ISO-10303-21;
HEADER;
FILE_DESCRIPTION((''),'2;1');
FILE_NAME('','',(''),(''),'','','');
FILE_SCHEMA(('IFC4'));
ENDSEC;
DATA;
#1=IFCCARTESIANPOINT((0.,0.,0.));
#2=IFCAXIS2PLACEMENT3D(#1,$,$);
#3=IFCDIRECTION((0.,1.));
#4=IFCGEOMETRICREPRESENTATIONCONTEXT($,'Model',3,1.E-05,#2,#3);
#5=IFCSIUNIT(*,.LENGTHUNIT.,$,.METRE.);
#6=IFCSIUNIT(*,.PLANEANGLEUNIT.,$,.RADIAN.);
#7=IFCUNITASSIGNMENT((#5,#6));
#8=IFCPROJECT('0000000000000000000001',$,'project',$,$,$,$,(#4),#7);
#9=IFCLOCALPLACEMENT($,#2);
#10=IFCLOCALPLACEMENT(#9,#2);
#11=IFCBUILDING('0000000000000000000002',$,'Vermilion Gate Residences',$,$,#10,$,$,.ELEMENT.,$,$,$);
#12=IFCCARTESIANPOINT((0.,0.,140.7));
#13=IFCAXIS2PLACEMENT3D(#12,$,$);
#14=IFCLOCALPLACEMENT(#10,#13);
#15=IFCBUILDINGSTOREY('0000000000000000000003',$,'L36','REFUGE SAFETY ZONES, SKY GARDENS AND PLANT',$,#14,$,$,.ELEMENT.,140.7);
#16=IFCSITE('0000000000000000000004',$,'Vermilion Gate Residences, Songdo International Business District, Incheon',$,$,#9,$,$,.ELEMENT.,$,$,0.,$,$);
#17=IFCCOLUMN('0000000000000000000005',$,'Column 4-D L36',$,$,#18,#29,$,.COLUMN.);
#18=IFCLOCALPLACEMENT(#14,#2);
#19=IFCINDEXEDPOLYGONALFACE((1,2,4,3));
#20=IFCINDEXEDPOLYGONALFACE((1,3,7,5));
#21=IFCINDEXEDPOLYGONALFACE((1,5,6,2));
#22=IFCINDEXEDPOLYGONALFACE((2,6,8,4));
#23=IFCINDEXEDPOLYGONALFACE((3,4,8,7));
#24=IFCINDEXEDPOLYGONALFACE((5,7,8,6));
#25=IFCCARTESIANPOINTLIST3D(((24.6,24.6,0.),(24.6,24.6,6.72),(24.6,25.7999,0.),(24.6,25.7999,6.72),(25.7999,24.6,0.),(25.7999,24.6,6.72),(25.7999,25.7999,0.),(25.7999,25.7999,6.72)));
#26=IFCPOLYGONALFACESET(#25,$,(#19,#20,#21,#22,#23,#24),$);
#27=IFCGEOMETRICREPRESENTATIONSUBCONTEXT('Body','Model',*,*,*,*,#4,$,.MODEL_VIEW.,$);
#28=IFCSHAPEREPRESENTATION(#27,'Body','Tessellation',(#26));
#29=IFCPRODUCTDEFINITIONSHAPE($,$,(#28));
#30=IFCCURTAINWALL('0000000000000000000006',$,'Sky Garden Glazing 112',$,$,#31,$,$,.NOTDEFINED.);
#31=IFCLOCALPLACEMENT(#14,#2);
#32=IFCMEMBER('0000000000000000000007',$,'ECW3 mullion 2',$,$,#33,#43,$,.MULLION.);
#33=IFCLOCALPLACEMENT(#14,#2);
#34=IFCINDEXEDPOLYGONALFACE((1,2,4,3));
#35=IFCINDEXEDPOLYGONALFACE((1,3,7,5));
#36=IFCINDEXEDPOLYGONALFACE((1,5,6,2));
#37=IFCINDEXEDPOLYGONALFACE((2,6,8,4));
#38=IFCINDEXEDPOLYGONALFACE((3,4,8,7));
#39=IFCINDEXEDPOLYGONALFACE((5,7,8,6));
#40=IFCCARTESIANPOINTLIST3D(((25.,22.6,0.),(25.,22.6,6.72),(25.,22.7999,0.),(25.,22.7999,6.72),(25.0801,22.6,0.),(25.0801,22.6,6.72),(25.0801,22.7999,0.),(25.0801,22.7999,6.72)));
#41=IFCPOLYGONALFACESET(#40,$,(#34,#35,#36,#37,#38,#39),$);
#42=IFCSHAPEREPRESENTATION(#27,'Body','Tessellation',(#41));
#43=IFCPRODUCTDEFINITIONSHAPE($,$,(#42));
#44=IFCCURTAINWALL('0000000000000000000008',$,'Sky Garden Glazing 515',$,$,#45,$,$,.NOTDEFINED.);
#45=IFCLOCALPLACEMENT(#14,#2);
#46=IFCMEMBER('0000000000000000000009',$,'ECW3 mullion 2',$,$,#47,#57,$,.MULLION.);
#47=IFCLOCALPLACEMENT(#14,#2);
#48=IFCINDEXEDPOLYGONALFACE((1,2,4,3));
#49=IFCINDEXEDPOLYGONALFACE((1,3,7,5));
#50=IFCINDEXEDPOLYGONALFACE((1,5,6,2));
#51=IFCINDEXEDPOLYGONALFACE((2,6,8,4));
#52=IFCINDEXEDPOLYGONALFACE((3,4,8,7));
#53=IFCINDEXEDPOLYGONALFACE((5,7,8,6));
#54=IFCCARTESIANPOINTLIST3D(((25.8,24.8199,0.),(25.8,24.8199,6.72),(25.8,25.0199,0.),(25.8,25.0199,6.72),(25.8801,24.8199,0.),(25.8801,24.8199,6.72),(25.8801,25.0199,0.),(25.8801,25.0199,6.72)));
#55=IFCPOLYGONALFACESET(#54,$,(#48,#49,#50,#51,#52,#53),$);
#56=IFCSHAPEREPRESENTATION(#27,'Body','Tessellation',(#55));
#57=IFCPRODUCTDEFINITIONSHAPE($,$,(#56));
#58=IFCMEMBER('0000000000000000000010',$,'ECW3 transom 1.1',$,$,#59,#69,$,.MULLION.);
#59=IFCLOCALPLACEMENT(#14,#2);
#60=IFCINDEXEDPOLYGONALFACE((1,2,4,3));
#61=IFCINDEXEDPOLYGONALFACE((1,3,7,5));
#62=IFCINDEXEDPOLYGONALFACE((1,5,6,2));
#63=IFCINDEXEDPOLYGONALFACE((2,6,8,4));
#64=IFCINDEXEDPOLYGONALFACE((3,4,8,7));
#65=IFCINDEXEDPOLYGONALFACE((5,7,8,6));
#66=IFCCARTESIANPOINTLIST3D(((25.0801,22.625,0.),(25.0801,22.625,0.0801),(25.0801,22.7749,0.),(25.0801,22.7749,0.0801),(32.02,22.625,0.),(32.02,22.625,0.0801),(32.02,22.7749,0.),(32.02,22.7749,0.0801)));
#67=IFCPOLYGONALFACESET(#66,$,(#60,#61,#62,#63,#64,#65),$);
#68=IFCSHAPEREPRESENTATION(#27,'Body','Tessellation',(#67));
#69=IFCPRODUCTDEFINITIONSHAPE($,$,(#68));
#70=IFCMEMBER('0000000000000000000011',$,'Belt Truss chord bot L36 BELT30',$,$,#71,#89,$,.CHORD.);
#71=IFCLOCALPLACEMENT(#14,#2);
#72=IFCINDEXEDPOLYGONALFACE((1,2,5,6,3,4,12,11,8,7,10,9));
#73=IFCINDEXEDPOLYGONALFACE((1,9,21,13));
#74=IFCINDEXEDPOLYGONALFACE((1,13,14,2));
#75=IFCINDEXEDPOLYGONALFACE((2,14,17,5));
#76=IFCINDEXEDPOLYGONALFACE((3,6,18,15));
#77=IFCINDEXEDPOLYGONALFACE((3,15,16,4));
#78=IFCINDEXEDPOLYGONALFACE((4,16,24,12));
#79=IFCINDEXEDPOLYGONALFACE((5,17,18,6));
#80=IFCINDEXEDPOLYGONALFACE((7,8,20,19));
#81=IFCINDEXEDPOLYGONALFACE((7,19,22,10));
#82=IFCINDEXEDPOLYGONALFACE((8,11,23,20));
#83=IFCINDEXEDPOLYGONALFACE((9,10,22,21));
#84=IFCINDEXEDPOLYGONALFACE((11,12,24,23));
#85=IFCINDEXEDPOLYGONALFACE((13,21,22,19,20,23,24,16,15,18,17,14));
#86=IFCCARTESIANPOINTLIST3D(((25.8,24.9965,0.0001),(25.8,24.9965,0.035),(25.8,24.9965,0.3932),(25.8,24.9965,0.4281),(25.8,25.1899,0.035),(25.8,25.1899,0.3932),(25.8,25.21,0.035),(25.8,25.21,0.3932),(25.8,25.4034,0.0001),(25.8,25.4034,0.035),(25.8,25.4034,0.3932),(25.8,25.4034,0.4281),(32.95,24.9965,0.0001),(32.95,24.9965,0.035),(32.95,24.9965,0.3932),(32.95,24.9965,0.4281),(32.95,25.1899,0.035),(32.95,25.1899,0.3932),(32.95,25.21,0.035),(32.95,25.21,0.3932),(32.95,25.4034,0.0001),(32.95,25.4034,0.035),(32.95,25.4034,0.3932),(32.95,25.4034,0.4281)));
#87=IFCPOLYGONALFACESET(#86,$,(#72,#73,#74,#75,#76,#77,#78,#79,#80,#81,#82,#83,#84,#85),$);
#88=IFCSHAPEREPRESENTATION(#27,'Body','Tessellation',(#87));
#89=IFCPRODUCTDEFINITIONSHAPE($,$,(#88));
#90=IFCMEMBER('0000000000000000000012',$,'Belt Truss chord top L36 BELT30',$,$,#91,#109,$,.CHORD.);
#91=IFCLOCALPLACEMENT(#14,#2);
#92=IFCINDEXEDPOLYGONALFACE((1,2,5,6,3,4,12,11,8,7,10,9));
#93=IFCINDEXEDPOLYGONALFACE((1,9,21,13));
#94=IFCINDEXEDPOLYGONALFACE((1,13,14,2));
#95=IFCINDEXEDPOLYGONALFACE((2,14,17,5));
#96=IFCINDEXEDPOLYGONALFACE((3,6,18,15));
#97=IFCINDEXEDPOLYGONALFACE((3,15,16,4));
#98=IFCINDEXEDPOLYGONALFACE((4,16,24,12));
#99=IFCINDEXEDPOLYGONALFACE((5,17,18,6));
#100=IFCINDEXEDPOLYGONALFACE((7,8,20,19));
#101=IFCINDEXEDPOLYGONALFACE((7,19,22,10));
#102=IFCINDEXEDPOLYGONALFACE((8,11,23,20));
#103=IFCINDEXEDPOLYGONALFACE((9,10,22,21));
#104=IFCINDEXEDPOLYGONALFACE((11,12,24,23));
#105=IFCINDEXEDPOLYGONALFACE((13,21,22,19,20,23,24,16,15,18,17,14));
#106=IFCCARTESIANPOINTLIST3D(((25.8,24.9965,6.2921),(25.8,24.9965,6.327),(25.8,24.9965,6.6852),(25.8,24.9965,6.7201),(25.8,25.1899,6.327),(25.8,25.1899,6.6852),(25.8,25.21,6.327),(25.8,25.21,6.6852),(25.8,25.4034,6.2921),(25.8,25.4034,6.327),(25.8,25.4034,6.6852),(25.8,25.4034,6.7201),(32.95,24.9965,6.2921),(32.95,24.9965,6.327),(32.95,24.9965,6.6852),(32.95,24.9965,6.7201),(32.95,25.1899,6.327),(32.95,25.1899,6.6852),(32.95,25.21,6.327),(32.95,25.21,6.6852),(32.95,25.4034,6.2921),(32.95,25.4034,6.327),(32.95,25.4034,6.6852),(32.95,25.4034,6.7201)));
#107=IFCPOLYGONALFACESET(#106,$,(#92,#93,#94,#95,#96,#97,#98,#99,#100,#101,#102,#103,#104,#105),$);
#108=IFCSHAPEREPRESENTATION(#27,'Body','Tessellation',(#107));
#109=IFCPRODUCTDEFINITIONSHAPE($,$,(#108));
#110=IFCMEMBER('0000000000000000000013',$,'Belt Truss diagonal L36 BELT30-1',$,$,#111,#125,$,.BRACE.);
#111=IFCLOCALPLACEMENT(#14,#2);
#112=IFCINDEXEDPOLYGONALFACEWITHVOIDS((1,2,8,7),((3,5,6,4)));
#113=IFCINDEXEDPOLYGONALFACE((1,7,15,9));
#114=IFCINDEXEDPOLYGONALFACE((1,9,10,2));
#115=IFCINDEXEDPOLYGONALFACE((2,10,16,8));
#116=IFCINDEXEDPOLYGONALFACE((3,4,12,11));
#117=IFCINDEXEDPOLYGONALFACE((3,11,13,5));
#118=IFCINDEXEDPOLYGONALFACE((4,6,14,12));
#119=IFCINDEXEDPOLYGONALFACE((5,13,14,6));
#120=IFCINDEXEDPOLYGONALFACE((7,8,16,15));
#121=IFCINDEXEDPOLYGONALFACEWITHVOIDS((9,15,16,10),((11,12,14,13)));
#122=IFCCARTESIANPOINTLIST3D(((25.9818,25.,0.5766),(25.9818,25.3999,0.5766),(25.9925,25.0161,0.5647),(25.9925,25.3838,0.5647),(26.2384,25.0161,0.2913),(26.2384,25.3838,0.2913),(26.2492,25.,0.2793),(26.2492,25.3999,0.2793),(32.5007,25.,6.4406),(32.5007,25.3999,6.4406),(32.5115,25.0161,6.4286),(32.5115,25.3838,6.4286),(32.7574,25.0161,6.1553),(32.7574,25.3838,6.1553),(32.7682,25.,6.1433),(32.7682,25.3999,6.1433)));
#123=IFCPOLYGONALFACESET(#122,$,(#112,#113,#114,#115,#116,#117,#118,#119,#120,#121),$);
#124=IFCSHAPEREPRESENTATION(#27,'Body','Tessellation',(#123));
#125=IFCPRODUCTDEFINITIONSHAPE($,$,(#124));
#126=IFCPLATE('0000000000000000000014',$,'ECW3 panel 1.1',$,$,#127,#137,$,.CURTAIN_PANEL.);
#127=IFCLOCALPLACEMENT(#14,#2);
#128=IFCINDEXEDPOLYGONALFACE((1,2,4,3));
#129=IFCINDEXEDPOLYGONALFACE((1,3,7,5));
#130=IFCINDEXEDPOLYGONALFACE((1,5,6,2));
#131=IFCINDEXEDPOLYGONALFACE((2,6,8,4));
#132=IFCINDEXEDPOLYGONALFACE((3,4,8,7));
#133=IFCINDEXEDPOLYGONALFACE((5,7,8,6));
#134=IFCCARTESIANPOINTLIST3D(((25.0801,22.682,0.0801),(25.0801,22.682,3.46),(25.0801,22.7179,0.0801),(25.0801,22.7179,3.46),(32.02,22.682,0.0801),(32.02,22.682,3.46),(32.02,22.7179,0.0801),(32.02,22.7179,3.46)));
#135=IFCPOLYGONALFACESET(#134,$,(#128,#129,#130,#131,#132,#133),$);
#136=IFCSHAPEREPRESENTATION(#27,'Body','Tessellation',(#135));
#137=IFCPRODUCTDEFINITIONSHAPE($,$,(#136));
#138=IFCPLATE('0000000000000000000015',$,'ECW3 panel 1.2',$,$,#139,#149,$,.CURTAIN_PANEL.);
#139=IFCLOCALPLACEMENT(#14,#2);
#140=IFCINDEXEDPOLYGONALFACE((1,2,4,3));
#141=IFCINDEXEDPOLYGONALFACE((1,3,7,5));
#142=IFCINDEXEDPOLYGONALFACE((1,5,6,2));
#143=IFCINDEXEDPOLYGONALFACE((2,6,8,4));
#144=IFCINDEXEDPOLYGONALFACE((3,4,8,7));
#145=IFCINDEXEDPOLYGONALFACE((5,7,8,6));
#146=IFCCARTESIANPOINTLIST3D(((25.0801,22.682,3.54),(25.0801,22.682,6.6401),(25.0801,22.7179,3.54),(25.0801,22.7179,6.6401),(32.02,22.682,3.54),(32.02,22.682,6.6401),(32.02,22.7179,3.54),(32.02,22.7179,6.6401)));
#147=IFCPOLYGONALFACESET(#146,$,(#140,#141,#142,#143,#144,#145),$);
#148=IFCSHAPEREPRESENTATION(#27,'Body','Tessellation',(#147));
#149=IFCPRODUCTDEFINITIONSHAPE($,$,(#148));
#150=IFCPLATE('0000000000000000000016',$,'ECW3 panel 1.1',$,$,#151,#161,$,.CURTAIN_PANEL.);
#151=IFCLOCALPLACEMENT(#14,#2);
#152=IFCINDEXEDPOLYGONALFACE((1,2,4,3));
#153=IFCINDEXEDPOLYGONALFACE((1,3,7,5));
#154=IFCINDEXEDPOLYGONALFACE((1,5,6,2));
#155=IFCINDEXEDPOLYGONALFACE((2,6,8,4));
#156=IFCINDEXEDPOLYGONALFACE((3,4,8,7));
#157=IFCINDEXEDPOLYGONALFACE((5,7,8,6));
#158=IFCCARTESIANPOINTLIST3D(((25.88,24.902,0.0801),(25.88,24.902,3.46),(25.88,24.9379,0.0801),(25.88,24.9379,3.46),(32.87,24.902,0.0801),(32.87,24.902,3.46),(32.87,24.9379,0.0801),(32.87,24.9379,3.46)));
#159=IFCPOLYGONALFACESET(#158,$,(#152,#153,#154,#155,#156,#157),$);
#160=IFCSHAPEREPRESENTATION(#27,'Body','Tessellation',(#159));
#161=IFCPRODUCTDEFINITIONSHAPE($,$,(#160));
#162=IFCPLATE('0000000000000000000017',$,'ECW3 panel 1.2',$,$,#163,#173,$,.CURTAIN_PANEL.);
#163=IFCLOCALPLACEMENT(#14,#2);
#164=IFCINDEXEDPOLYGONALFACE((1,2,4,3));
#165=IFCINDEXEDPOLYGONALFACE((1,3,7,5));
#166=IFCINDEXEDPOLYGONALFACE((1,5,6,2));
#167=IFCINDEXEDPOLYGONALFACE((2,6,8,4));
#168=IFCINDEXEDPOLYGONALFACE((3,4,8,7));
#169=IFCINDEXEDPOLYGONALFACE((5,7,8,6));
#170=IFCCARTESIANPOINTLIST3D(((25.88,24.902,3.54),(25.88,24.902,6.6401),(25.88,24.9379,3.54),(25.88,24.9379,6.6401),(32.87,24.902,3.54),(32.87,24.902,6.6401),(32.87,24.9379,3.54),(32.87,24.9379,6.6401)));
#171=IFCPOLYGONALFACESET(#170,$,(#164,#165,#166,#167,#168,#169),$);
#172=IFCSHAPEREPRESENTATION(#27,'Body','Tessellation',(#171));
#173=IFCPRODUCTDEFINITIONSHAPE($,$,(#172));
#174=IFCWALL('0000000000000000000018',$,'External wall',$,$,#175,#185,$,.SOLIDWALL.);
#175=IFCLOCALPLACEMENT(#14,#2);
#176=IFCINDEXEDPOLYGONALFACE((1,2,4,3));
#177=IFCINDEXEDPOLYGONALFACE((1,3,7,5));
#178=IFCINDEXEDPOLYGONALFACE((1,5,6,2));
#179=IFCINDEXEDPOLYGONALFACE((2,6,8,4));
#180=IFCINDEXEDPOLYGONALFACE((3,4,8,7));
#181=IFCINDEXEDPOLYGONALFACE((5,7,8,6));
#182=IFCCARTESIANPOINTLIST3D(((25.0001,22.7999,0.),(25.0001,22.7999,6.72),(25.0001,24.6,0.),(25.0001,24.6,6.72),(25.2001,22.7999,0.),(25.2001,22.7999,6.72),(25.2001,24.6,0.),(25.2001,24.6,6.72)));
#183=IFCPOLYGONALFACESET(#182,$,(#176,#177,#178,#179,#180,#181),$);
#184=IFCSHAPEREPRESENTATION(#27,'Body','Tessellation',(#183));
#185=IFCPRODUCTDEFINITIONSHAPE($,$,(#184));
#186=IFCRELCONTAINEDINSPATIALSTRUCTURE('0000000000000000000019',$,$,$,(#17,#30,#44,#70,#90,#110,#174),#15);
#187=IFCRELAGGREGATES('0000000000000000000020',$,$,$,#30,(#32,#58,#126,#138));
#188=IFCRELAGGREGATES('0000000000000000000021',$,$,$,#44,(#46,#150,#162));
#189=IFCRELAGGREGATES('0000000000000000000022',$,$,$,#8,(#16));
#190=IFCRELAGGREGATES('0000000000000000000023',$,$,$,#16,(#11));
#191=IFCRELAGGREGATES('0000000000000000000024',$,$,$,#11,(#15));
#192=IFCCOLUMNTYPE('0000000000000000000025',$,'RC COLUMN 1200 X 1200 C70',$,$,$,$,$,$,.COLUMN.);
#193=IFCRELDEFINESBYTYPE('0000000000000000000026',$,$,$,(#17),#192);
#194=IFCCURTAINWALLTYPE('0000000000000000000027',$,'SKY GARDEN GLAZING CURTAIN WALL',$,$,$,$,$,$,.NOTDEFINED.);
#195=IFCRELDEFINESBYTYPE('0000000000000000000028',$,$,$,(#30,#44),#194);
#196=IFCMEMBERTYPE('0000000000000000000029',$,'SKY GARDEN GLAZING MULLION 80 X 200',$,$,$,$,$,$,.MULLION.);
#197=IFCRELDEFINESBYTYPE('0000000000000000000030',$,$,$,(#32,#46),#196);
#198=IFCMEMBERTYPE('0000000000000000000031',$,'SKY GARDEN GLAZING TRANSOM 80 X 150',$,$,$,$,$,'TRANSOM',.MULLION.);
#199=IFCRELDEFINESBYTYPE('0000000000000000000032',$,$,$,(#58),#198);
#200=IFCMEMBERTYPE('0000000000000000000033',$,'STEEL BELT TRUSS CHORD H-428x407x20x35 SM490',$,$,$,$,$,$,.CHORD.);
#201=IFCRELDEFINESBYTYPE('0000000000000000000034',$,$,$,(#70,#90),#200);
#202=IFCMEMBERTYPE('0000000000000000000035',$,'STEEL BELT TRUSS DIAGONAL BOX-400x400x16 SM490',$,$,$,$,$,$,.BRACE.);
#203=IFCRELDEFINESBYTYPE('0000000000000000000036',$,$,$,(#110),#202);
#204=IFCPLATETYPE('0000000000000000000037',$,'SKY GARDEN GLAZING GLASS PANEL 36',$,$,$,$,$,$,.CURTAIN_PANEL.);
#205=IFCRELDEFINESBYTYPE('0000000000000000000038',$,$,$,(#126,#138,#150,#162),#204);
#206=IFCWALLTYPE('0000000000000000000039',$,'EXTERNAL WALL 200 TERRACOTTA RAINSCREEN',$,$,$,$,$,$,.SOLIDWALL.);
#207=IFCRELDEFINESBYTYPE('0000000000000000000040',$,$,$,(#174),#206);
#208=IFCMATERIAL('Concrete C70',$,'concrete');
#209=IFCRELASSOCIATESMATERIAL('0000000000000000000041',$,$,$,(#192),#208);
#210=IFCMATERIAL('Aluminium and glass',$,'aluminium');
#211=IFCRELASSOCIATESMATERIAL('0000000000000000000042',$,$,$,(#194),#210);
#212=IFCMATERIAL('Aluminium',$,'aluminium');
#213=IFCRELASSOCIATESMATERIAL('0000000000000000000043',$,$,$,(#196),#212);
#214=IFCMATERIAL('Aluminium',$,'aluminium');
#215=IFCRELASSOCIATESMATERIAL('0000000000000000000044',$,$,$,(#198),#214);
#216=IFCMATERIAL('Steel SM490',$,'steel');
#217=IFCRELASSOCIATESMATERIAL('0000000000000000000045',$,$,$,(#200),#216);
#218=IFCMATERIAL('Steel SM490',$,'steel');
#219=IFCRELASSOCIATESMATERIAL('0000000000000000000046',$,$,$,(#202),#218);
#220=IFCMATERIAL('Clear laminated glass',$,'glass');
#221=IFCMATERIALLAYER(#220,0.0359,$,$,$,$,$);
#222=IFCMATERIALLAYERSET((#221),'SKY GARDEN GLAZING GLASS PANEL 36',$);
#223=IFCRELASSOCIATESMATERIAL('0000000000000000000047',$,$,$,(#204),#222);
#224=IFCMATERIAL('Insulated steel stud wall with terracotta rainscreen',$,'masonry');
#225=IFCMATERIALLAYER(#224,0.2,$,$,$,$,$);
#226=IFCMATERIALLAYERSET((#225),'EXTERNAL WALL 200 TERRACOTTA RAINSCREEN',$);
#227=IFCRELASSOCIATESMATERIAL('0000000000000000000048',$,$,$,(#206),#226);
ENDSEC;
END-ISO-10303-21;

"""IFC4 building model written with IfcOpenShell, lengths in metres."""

from ifc_helpers import new_model, si_unit, direction, frame, frame_2d, origin, origin_2d, place, context, subcontext, project, spatial, rectangle, hollow_rectangle, i_section, extrude, material, layer, layer_set, material_profile, profile_set, type_object, element, aggregate, save


model = new_model("IFC4")

# Units and contexts
model_context = context("Model", 3, precision=1e-05, world=origin(), true_north=direction((0.0, 1.0)))
body_context = subcontext(model_context, "Body", "Model", "MODEL_VIEW")
ifc_project = project(units=[si_unit("LENGTHUNIT", "METRE"), si_unit("PLANEANGLEUNIT", "RADIAN")], contexts=[model_context])

# Site, building, storey
site_placement = place(None, origin())
site = spatial("IfcSite", under=ifc_project, at=site_placement, Name="Vermilion Gate Residences, Songdo International Business District, Incheon", CompositionType="ELEMENT", RefElevation=0.0)
building_placement = place(site_placement, origin())
building = spatial("IfcBuilding", under=site, at=building_placement, Name="Vermilion Gate Residences", CompositionType="ELEMENT")
storey_placement = place(building_placement, frame((0.0, 0.0, 140.7)))
storey = spatial("IfcBuildingStorey", under=building, at=storey_placement, Name="L36", Description="REFUGE SAFETY ZONES, SKY GARDENS AND PLANT", CompositionType="ELEMENT", Elevation=140.7)

# Column
ifc_material_1 = material(Name="Concrete C70", Category="concrete")
ifc_material_profile_1 = material_profile(ifc_material_1, rectangle(XDim=1.2, YDim=1.2, at=origin_2d()), Name="RC-1200x1200")
ifc_profile_set_1 = profile_set([ifc_material_profile_1], Name="Concrete C70")
column_type = type_object("IfcColumnType", Name="RC COLUMN 1200 X 1200 C70", PredefinedType="COLUMN", material=ifc_profile_set_1)
column_placement = place(storey_placement, frame((25.2, 25.2, 0.0), z_axis=(0.0, 0.0, 1.0), x_axis=(1.0, 0.0, 0.0)))
element("IfcColumn", 1, at=column_placement, inside=storey, type_object=column_type, Name="Column 4-D L36", PredefinedType="COLUMN", context=body_context, shape_type="SweptSolid", body=[
    extrude(rectangle(XDim=1.2, YDim=1.2, at=origin_2d()), origin(), (0.0, 0.0, 1.0), 6.72),
])

# Curtain walls, members
ifc_material_2 = material(Name="Aluminium and glass", Category="aluminium")
curtain_wall_type = type_object("IfcCurtainWallType", Name="SKY GARDEN GLAZING CURTAIN WALL", PredefinedType="NOTDEFINED", material=ifc_material_2)
curtain_wall_1_placement = place(storey_placement, origin())
curtain_wall_1 = element("IfcCurtainWall", 2, at=curtain_wall_1_placement, inside=storey, type_object=curtain_wall_type, Name="Sky Garden Glazing 112", PredefinedType="NOTDEFINED")
ifc_material_3 = material(Name="Aluminium", Category="aluminium")
ifc_material_profile_2 = material_profile(ifc_material_3, rectangle(XDim=0.2, YDim=0.0801, at=origin_2d()), Name="MULLION 80 X 200")
ifc_profile_set_2 = profile_set([ifc_material_profile_2], Name="Aluminium")
member_type_1 = type_object("IfcMemberType", Name="SKY GARDEN GLAZING MULLION 80 X 200", PredefinedType="MULLION", material=ifc_profile_set_2)
member_1_placement = place(storey_placement, frame((25.04, 22.7, 0.0), z_axis=(0.0, 0.0, 1.0), x_axis=(0.0, -1.0, 0.0)))
member_1 = element("IfcMember", 3, at=member_1_placement, type_object=member_type_1, Name="ECW3 mullion 2", PredefinedType="MULLION", context=body_context, shape_type="SweptSolid", body=[
    extrude(rectangle(XDim=0.2, YDim=0.0801, at=origin_2d()), origin(), (0.0, 0.0, 1.0), 6.72),
])
curtain_wall_2_placement = place(storey_placement, origin())
curtain_wall_2 = element("IfcCurtainWall", 4, at=curtain_wall_2_placement, inside=storey, type_object=curtain_wall_type, Name="Sky Garden Glazing 515", PredefinedType="NOTDEFINED")
member_2_placement = place(storey_placement, frame((25.8401, 24.9199, 0.0), z_axis=(0.0, 0.0, 1.0), x_axis=(0.0, -1.0, 0.0)))
member_2 = element("IfcMember", 5, at=member_2_placement, type_object=member_type_1, Name="ECW3 mullion 2", PredefinedType="MULLION", context=body_context, shape_type="SweptSolid", body=[
    extrude(rectangle(XDim=0.2, YDim=0.0801, at=origin_2d()), origin(), (0.0, 0.0, 1.0), 6.72),
])

# Member
ifc_material_4 = material(Name="Aluminium", Category="aluminium")
ifc_material_profile_3 = material_profile(ifc_material_4, rectangle(XDim=0.1499, YDim=0.0801, at=origin_2d()), Name="TRANSOM 80 X 150")
ifc_profile_set_3 = profile_set([ifc_material_profile_3], Name="Aluminium")
member_type_2 = type_object("IfcMemberType", Name="SKY GARDEN GLAZING TRANSOM 80 X 150", ElementType="TRANSOM", PredefinedType="MULLION", material=ifc_profile_set_3)
member_3_placement = place(storey_placement, frame((32.02, 22.7, 0.04), z_axis=(-1.0, 0.0, 0.0), x_axis=(0.0, -1.0, 0.0)))
member_3 = element("IfcMember", 6, at=member_3_placement, type_object=member_type_2, Name="ECW3 transom 1.1", PredefinedType="MULLION", context=body_context, shape_type="SweptSolid", body=[
    extrude(rectangle(XDim=0.1499, YDim=0.0801, at=origin_2d()), origin(), (0.0, 0.0, 1.0), 6.9399),
])

# Members
ifc_material_5 = material(Name="Steel SM490", Category="steel")
ifc_material_profile_4 = material_profile(ifc_material_5, i_section(OverallWidth=0.407, OverallDepth=0.428, WebThickness=0.02, FlangeThickness=0.0349, at=origin_2d()), Name="H-428x407x20x35")
ifc_profile_set_4 = profile_set([ifc_material_profile_4], Name="Steel SM490")
member_type_3 = type_object("IfcMemberType", Name="STEEL BELT TRUSS CHORD H-428x407x20x35 SM490", PredefinedType="CHORD", material=ifc_profile_set_4)
for number, where, z_axis, x_axis, name in (
    (7, (25.8, 25.2, 0.2141), (1.0, 0.0, 0.0), (0.0, 1.0, 0.0), "Belt Truss chord bot L36 BELT30"),
    (8, (25.8, 25.2, 6.5061), (1.0, 0.0, 0.0), (0.0, 1.0, 0.0), "Belt Truss chord top L36 BELT30"),
):
    element("IfcMember", number, at=place(storey_placement, frame(where, z_axis=z_axis, x_axis=x_axis)), inside=storey, type_object=member_type_3, Name=name, PredefinedType="CHORD", context=body_context, shape_type="SweptSolid", body=[
        extrude(i_section(OverallWidth=0.407, OverallDepth=0.428, WebThickness=0.02, FlangeThickness=0.0349, at=origin_2d()), origin(), (0.0, 0.0, 1.0), 7.1499),
    ])
ifc_material_6 = material(Name="Steel SM490", Category="steel")
ifc_material_profile_5 = material_profile(ifc_material_6, hollow_rectangle(XDim=0.3999, YDim=0.3999, WallThickness=0.0161, at=origin_2d()), Name="BOX-400x400x16")
ifc_profile_set_5 = profile_set([ifc_material_profile_5], Name="Steel SM490")
member_type_4 = type_object("IfcMemberType", Name="STEEL BELT TRUSS DIAGONAL BOX-400x400x16 SM490", PredefinedType="BRACE", material=ifc_profile_set_5)
member_4_placement = place(storey_placement, frame((26.1155, 25.2, 0.428), z_axis=(0.743471, 0.0, 0.668768), x_axis=(0.0, 1.0, 0.0)))
element("IfcMember", 9, at=member_4_placement, inside=storey, type_object=member_type_4, Name="Belt Truss diagonal L36 BELT30-1", PredefinedType="BRACE", context=body_context, shape_type="SweptSolid", body=[
    extrude(hollow_rectangle(XDim=0.3999, YDim=0.3999, WallThickness=0.0161, at=origin_2d()), origin(), (0.0, 0.0, 1.0), 8.7683),
])

# Plates
ifc_material_7 = material(Name="Clear laminated glass", Category="glass")
ifc_layer_1 = layer(ifc_material_7, 0.0359)
ifc_layer_set_1 = layer_set([ifc_layer_1], Name="SKY GARDEN GLAZING GLASS PANEL 36")
plate_type = type_object("IfcPlateType", Name="SKY GARDEN GLAZING GLASS PANEL 36", PredefinedType="CURTAIN_PANEL", material=ifc_layer_set_1)
plate_1_placement = place(storey_placement, frame((28.55, 22.7, 0.0801), z_axis=(0.0, 0.0, 1.0), x_axis=(-1.0, 0.0, 0.0)))
plate_1 = element("IfcPlate", 10, at=plate_1_placement, type_object=plate_type, Name="ECW3 panel 1.1", PredefinedType="CURTAIN_PANEL", context=body_context, shape_type="SweptSolid", body=[
    extrude(rectangle(XDim=6.9399, YDim=0.0359, at=origin_2d()), origin(), (0.0, 0.0, 1.0), 3.3799),
])
plate_2_placement = place(storey_placement, frame((28.55, 22.7, 3.54), z_axis=(0.0, 0.0, 1.0), x_axis=(-1.0, 0.0, 0.0)))
plate_2 = element("IfcPlate", 11, at=plate_2_placement, type_object=plate_type, Name="ECW3 panel 1.2", PredefinedType="CURTAIN_PANEL", context=body_context, shape_type="SweptSolid", body=[
    extrude(rectangle(XDim=6.9399, YDim=0.0359, at=origin_2d()), origin(), (0.0, 0.0, 1.0), 3.1001),
])
aggregate(curtain_wall_1, [member_1, member_3, plate_1, plate_2])
plate_3_placement = place(storey_placement, frame((29.375, 24.9199, 0.0801), z_axis=(0.0, 0.0, 1.0), x_axis=(-1.0, 0.0, 0.0)))
plate_3 = element("IfcPlate", 12, at=plate_3_placement, type_object=plate_type, Name="ECW3 panel 1.1", PredefinedType="CURTAIN_PANEL", context=body_context, shape_type="SweptSolid", body=[
    extrude(rectangle(XDim=6.99, YDim=0.0359, at=origin_2d()), origin(), (0.0, 0.0, 1.0), 3.3799),
])
plate_4_placement = place(storey_placement, frame((29.375, 24.9199, 3.54), z_axis=(0.0, 0.0, 1.0), x_axis=(-1.0, 0.0, 0.0)))
plate_4 = element("IfcPlate", 13, at=plate_4_placement, type_object=plate_type, Name="ECW3 panel 1.2", PredefinedType="CURTAIN_PANEL", context=body_context, shape_type="SweptSolid", body=[
    extrude(rectangle(XDim=6.99, YDim=0.0359, at=origin_2d()), origin(), (0.0, 0.0, 1.0), 3.1001),
])
aggregate(curtain_wall_2, [member_2, plate_3, plate_4])

# Wall
ifc_material_8 = material(Name="Insulated steel stud wall with terracotta rainscreen", Category="masonry")
ifc_layer_2 = layer(ifc_material_8, 0.2)
ifc_layer_set_2 = layer_set([ifc_layer_2], Name="EXTERNAL WALL 200 TERRACOTTA RAINSCREEN")
wall_type_1 = type_object("IfcWallType", Name="EXTERNAL WALL 200 TERRACOTTA RAINSCREEN", PredefinedType="SOLIDWALL", material=ifc_layer_set_2)
wall_1_placement = place(storey_placement, frame((25.1001, 22.8, 0.0), z_axis=(0.0, 0.0, 1.0), x_axis=(0.0, 1.0, 0.0)))
element("IfcWall", 14, at=wall_1_placement, inside=storey, type_object=wall_type_1, Name="External wall", PredefinedType="SOLIDWALL", context=body_context, shape_type="SweptSolid", body=[
    extrude(rectangle(XDim=1.8, YDim=0.2, at=frame_2d((0.8999, 0.0))), origin(), (0.0, 0.0, 1.0), 6.72),
])

save(model, "model.ifc")
